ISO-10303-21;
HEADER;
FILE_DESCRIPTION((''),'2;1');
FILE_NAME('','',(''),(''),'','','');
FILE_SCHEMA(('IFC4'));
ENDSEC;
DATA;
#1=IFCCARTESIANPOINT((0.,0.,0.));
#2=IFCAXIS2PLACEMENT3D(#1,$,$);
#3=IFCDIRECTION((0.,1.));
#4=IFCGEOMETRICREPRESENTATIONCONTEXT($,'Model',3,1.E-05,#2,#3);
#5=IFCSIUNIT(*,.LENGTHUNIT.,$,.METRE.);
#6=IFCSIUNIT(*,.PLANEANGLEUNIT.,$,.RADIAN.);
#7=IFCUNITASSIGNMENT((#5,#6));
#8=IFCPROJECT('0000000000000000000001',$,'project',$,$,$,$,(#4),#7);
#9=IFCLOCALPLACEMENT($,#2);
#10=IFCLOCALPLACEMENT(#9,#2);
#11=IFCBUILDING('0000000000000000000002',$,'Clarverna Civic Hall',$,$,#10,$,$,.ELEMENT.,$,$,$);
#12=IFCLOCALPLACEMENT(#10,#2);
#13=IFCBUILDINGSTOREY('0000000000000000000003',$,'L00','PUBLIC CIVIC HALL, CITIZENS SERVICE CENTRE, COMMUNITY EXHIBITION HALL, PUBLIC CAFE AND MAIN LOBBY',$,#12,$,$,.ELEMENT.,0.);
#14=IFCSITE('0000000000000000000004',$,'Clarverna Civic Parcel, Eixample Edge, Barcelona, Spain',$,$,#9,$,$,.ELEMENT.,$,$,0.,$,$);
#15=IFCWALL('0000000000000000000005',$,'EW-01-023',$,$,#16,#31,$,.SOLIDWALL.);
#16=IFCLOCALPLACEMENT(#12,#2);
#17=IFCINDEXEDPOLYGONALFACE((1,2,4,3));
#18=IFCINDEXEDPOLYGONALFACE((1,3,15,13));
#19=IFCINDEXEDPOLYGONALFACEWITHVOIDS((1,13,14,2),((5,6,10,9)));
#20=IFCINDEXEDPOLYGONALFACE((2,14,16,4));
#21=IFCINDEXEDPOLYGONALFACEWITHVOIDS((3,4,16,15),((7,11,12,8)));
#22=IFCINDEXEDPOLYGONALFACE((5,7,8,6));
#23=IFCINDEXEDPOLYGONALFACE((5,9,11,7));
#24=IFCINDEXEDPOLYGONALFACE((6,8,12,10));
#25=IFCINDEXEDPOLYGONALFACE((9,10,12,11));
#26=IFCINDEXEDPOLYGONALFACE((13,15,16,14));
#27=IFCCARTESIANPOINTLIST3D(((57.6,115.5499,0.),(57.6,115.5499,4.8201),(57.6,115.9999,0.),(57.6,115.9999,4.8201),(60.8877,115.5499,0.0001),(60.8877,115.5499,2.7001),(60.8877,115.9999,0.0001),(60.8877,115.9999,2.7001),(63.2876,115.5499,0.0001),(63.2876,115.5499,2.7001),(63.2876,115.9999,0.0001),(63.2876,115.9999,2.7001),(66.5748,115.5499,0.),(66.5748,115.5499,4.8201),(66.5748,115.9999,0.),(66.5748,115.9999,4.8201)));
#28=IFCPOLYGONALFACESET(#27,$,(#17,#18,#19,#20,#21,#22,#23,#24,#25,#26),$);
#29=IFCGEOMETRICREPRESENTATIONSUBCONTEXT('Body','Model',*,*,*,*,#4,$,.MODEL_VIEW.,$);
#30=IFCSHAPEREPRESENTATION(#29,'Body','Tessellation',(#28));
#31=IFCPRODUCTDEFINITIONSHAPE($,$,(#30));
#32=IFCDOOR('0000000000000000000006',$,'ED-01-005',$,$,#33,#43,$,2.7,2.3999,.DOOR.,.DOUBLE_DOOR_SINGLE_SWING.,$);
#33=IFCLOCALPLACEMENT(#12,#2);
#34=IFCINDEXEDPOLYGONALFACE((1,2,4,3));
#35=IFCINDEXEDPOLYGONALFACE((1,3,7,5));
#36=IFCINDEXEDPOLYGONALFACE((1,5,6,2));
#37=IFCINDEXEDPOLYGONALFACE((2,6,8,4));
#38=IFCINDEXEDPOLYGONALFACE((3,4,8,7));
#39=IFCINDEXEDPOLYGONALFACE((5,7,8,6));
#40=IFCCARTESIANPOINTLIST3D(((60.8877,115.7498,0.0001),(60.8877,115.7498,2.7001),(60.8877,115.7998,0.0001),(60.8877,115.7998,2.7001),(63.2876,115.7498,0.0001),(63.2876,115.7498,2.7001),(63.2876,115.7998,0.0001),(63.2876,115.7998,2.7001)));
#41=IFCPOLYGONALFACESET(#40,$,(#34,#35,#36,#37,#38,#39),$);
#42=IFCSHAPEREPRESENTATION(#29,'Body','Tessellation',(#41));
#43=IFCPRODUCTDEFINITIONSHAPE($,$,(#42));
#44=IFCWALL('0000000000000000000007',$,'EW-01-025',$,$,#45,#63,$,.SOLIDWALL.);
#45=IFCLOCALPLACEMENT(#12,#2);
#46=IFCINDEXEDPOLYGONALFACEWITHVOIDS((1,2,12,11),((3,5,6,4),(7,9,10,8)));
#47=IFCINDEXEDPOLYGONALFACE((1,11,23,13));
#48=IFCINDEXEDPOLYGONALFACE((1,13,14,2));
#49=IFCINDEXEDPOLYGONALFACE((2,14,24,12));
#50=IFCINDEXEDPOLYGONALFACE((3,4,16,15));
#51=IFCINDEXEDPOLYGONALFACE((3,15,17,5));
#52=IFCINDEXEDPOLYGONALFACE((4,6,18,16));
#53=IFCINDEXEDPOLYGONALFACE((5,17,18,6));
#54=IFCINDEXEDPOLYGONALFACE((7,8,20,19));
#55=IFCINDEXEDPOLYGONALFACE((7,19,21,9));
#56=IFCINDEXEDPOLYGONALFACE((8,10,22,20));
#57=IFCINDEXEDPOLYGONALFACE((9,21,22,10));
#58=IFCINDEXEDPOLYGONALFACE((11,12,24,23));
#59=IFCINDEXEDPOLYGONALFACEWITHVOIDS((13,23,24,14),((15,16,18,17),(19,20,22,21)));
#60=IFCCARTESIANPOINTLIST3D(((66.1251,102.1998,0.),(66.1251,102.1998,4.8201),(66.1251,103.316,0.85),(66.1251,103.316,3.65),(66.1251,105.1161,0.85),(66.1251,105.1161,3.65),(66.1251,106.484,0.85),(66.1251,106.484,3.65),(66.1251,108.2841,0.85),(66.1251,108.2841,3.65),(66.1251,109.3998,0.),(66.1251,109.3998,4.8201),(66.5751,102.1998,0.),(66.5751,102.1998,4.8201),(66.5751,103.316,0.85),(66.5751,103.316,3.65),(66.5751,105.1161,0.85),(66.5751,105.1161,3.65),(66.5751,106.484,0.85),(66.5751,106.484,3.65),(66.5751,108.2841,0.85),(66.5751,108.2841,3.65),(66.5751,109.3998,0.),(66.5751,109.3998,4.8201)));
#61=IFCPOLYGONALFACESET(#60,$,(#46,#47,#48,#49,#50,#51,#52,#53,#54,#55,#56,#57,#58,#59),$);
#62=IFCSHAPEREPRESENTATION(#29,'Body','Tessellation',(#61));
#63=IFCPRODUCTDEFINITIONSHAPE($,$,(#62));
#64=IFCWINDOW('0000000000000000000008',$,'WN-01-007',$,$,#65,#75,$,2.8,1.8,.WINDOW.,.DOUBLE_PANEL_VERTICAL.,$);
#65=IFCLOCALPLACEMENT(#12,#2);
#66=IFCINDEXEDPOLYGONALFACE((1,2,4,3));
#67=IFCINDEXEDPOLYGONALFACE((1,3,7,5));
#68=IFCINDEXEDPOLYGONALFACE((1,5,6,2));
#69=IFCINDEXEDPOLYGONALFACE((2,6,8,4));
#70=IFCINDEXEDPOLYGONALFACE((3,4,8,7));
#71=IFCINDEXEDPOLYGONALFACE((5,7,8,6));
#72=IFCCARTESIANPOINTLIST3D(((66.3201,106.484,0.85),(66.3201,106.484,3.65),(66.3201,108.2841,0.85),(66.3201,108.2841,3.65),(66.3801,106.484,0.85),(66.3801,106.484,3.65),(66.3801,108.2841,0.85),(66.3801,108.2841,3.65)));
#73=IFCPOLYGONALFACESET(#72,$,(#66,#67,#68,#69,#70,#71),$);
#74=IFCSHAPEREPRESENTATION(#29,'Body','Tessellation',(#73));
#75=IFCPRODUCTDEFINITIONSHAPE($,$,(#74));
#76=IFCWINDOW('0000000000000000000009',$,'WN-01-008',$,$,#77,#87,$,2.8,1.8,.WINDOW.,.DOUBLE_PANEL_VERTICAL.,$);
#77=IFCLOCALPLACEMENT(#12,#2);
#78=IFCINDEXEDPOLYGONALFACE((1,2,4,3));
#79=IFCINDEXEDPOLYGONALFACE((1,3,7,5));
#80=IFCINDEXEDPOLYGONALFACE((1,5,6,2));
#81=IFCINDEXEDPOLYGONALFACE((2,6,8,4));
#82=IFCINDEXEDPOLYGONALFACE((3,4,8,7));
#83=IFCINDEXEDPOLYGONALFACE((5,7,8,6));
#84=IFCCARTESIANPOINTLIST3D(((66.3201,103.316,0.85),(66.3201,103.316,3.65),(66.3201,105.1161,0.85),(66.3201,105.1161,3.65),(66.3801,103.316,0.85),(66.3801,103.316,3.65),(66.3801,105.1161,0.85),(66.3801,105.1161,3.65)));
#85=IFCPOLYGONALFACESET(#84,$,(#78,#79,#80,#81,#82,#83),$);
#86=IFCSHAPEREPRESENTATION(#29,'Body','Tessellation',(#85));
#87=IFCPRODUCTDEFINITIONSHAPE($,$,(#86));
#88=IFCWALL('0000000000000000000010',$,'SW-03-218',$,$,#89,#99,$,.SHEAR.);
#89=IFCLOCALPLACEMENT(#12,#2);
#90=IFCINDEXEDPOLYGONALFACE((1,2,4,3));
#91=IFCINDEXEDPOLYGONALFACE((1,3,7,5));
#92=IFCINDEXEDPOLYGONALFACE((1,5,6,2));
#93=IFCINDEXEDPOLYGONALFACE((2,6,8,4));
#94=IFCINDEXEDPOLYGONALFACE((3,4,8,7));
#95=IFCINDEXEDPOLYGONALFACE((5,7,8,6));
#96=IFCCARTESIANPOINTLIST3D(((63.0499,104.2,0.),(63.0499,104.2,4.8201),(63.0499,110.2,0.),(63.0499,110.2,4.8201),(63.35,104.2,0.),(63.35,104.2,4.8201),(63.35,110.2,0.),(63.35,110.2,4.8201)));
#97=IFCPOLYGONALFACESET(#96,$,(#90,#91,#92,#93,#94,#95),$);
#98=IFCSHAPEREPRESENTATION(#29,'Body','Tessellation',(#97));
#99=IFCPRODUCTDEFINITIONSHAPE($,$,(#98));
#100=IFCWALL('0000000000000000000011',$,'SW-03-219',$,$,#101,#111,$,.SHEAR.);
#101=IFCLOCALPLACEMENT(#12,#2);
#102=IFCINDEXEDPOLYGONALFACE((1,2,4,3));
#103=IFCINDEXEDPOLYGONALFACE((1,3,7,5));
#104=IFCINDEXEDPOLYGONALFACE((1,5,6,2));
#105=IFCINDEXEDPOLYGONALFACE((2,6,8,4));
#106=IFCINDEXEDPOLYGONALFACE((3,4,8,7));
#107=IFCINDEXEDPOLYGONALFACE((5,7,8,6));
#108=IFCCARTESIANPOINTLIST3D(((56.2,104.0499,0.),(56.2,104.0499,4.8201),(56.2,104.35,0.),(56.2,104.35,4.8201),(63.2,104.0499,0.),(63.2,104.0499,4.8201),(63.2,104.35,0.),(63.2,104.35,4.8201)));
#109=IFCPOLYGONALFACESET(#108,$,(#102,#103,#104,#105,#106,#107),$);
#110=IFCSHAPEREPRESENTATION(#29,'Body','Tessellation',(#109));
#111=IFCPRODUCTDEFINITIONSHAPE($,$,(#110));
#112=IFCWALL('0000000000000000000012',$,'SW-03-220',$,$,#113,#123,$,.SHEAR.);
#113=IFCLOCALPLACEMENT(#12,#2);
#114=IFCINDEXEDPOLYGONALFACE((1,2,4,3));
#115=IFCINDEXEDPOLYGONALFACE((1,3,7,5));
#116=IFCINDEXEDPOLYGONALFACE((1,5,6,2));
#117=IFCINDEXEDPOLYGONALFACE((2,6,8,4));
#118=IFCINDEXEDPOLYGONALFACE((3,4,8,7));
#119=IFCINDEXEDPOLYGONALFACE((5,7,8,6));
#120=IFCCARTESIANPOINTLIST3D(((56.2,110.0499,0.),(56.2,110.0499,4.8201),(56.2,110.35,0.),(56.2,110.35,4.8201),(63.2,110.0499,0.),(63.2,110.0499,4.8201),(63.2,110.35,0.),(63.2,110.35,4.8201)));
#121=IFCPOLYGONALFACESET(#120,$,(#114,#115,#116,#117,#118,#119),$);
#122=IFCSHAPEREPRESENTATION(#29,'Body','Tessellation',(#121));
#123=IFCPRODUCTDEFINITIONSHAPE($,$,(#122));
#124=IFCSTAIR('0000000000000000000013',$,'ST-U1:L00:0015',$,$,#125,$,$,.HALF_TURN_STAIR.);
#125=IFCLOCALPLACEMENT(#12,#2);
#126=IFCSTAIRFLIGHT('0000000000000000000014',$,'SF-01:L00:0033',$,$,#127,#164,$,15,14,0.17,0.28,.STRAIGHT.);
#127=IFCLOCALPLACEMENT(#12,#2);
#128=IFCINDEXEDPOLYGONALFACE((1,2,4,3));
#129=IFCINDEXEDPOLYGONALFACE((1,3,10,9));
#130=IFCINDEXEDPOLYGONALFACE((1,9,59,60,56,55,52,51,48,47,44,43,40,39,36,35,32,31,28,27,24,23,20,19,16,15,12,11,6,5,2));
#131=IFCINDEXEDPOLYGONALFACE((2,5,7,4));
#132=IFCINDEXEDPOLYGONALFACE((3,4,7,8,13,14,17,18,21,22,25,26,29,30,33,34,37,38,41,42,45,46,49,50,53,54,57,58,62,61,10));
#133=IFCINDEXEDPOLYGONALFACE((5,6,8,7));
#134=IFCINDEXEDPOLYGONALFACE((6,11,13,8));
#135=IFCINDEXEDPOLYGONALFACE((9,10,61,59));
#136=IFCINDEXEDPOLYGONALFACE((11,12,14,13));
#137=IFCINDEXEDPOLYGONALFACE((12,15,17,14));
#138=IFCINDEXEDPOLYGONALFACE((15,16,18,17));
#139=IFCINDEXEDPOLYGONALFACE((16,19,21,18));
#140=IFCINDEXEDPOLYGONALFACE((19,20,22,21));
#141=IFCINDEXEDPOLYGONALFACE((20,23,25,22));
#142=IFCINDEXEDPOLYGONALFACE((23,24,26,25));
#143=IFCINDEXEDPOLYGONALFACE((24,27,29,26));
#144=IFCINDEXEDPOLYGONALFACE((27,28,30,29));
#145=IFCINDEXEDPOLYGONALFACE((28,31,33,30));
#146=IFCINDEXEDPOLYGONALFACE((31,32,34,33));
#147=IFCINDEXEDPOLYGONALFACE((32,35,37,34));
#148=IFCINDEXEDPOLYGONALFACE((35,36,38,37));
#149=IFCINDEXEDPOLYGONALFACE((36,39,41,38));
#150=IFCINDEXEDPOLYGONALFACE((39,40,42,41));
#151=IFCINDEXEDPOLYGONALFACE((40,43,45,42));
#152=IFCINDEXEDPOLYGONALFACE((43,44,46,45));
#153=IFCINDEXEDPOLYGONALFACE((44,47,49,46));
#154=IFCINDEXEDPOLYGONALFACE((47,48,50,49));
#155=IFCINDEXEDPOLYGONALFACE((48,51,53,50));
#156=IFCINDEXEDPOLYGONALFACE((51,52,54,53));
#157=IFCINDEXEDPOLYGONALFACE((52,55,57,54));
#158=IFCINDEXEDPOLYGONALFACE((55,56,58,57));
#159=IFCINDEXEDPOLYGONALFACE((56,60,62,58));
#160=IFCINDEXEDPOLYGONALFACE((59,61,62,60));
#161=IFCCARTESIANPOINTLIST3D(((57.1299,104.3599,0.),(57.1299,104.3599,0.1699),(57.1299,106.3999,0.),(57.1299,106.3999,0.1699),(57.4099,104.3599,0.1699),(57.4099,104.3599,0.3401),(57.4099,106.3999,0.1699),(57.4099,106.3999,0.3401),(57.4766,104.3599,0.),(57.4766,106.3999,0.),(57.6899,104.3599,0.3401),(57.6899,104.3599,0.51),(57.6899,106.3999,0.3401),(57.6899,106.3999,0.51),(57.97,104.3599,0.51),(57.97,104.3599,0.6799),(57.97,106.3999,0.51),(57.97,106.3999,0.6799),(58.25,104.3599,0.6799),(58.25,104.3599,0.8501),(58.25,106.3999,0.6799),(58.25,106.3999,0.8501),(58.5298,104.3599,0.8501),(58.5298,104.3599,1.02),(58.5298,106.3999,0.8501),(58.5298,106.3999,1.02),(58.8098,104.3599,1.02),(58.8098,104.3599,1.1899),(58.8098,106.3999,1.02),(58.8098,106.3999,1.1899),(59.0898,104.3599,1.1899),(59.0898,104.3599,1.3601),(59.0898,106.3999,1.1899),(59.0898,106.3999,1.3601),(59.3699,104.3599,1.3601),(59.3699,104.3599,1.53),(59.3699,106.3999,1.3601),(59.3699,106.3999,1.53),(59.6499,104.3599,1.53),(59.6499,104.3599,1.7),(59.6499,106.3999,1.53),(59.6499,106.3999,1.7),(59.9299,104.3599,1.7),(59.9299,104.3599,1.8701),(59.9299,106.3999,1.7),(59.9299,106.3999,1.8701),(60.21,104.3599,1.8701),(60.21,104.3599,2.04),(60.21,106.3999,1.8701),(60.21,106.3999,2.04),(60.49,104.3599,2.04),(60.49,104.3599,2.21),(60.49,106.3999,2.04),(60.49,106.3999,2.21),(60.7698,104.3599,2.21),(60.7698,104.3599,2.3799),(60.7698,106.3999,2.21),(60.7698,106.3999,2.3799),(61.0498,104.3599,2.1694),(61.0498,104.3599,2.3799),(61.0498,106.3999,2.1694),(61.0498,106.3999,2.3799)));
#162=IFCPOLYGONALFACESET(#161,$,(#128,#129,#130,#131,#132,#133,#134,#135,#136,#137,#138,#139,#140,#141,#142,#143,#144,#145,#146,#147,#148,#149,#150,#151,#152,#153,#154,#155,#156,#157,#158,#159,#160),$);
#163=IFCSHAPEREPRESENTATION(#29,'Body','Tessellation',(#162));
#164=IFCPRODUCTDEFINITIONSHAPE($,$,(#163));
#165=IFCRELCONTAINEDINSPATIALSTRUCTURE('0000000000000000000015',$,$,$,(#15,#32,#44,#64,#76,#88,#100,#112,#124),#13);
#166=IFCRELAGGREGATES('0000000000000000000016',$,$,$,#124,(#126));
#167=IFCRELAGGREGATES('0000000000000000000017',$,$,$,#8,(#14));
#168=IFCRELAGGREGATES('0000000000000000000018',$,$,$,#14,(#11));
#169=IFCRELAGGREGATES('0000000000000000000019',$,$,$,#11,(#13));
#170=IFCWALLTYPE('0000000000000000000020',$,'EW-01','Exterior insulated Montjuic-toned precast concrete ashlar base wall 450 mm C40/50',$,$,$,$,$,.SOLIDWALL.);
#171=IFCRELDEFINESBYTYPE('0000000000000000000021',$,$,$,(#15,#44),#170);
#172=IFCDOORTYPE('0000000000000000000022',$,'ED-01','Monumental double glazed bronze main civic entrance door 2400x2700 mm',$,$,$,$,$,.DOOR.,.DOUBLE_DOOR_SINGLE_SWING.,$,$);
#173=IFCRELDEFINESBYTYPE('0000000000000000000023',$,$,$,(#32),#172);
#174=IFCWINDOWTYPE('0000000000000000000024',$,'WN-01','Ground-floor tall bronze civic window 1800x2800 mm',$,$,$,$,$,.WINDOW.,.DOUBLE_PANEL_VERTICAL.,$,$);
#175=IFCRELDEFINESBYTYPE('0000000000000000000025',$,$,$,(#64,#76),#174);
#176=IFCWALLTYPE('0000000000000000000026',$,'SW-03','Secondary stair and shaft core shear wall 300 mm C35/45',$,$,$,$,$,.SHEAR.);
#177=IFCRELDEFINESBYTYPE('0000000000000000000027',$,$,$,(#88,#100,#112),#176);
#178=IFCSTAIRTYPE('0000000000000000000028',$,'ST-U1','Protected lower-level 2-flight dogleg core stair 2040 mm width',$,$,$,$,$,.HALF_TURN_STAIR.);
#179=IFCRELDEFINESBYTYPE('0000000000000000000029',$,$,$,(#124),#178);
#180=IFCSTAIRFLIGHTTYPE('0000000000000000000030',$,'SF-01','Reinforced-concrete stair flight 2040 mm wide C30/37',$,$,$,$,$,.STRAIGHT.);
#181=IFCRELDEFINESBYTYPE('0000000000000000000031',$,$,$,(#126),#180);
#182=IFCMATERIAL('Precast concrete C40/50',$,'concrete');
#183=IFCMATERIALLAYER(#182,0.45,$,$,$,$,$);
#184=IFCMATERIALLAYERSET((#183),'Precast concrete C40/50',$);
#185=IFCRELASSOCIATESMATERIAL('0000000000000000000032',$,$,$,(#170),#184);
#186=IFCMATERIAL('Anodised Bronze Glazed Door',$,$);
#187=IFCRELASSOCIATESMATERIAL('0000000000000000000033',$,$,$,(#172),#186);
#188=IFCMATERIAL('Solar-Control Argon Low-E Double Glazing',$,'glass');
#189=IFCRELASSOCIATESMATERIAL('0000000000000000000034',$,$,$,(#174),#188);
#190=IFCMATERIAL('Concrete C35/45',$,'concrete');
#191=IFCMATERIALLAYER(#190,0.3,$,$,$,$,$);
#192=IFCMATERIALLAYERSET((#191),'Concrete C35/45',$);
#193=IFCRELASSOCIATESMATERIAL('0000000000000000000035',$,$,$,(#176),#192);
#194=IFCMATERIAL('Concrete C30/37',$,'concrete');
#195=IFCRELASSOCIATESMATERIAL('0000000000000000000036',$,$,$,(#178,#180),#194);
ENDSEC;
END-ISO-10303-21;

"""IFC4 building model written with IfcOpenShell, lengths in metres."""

from ifc_helpers import new_model, si_unit, direction, frame, frame_2d, origin, place, context, subcontext, project, spatial, polyline, rectangle, outline, extrude, material, layer, layer_set, type_object, element, fill, aggregate, save


model = new_model("IFC4")

# Units and contexts
model_context = context("Model", 3, precision=1e-05, world=origin(), true_north=direction((0.0, 1.0)))
body_context = subcontext(model_context, "Body", "Model", "MODEL_VIEW")
ifc_project = project(units=[si_unit("LENGTHUNIT", "METRE"), si_unit("PLANEANGLEUNIT", "RADIAN")], contexts=[model_context])

# Site, building, storey
site_placement = place(None, origin())
site = spatial("IfcSite", under=ifc_project, at=site_placement, Name="Clarverna Civic Parcel, Eixample Edge, Barcelona, Spain", CompositionType="ELEMENT", RefElevation=0.0)
building_placement = place(site_placement, origin())
building = spatial("IfcBuilding", under=site, at=building_placement, Name="Clarverna Civic Hall", CompositionType="ELEMENT")
storey_placement = place(building_placement, origin())
storey = spatial("IfcBuildingStorey", under=building, at=storey_placement, Name="L00", Description="PUBLIC CIVIC HALL, CITIZENS SERVICE CENTRE, COMMUNITY EXHIBITION HALL, PUBLIC CAFE AND MAIN LOBBY", CompositionType="ELEMENT", Elevation=0.0)

# Shared definitions
ifc_material_1 = material(Name="Concrete C35/45", Category="concrete")

# Shared definitions
ifc_material_2 = material(Name="Solar-Control Argon Low-E Double Glazing", Category="glass")

# Wall, opening, door
ifc_material_3 = material(Name="Precast concrete C40/50", Category="concrete")
ifc_layer_1 = layer(ifc_material_3, 0.45)
ifc_layer_set_1 = layer_set([ifc_layer_1], Name="Precast concrete C40/50")
wall_type_1 = type_object("IfcWallType", Name="EW-01", Description="Exterior insulated Montjuic-toned precast concrete ashlar base wall 450 mm C40/50", PredefinedType="SOLIDWALL", material=ifc_layer_set_1)
wall_1_placement = place(storey_placement, frame((57.6001, 115.7749, 0.0), z_axis=(0.0, 0.0, 1.0), x_axis=(1.0, 0.0, 0.0)))
wall_1 = element("IfcWall", 1, at=wall_1_placement, inside=storey, type_object=wall_type_1, Name="EW-01-023", PredefinedType="SOLIDWALL", context=body_context, shape_type="SweptSolid", body=[
    extrude(rectangle(XDim=8.9749, YDim=0.45, at=frame_2d((4.4873, 0.0))), origin(), (0.0, 0.0, 1.0), 4.8201),
])
opening_1_placement = place(wall_1_placement, frame((3.2876, 0.0, 0.0)))
opening_1 = element("IfcOpeningElement", 2, at=opening_1_placement, cuts=wall_1, PredefinedType="OPENING", context=body_context, shape_type="SweptSolid", body=[
    extrude(rectangle(XDim=2.3999, YDim=2.7, at=frame_2d((1.2, 1.3501))), frame((0.0, 0.2349, 0.0), z_axis=(0.0, -1.0, 0.0), x_axis=(1.0, 0.0, 0.0)), (0.0, 0.0, 1.0), 0.47),
])
ifc_material_4 = material(Name="Anodised Bronze Glazed Door")
door_type_1 = type_object("IfcDoorType", Name="ED-01", Description="Monumental double glazed bronze main civic entrance door 2400x2700 mm", OperationType="DOUBLE_DOOR_SINGLE_SWING", PredefinedType="DOOR", material=ifc_material_4)
door_1_placement = place(opening_1_placement, origin())
door_1 = element("IfcDoor", 3, at=door_1_placement, inside=storey, type_object=door_type_1, Name="ED-01-005", OperationType="DOUBLE_DOOR_SINGLE_SWING", OverallHeight=2.7, OverallWidth=2.3999, PredefinedType="DOOR", context=body_context, shape_type="SweptSolid", body=[
    extrude(rectangle(XDim=2.3999, YDim=2.7, at=frame_2d((1.2, 1.3501))), frame((0.0, 0.0249, 0.0), z_axis=(0.0, -1.0, 0.0), x_axis=(1.0, 0.0, 0.0)), (0.0, 0.0, 1.0), 0.05),
])
fill(opening_1, door_1)

# Wall, openings, windows
wall_2_placement = place(storey_placement, frame((66.3501, 109.3999, 0.0), z_axis=(0.0, 0.0, 1.0), x_axis=(0.0, -1.0, 0.0)))
wall_2 = element("IfcWall", 4, at=wall_2_placement, inside=storey, type_object=wall_type_1, Name="EW-01-025", PredefinedType="SOLIDWALL", context=body_context, shape_type="SweptSolid", body=[
    extrude(rectangle(XDim=7.2, YDim=0.45, at=frame_2d((3.6001, 0.0))), origin(), (0.0, 0.0, 1.0), 4.8201),
])
opening_2_placement = place(wall_2_placement, frame((1.116, 0.0, 0.8501)))
opening_2 = element("IfcOpeningElement", 5, at=opening_2_placement, cuts=wall_2, PredefinedType="OPENING", context=body_context, shape_type="SweptSolid", body=[
    extrude(rectangle(XDim=1.8, YDim=2.8, at=frame_2d((0.8999, 1.3999))), frame((0.0, 0.2349, 0.0), z_axis=(0.0, -1.0, 0.0), x_axis=(1.0, 0.0, 0.0)), (0.0, 0.0, 1.0), 0.47),
])
opening_3_placement = place(wall_2_placement, frame((4.2839, 0.0, 0.8501)))
opening_3 = element("IfcOpeningElement", 6, at=opening_3_placement, cuts=wall_2, PredefinedType="OPENING", context=body_context, shape_type="SweptSolid", body=[
    extrude(rectangle(XDim=1.8, YDim=2.8, at=frame_2d((0.8999, 1.3999))), frame((0.0, 0.2349, 0.0), z_axis=(0.0, -1.0, 0.0), x_axis=(1.0, 0.0, 0.0)), (0.0, 0.0, 1.0), 0.47),
])
window_type = type_object("IfcWindowType", Name="WN-01", Description="Ground-floor tall bronze civic window 1800x2800 mm", PartitioningType="DOUBLE_PANEL_VERTICAL", PredefinedType="WINDOW", material=ifc_material_2)
window_1_placement = place(opening_2_placement, origin())
window_1 = element("IfcWindow", 7, at=window_1_placement, inside=storey, type_object=window_type, Name="WN-01-007", OverallHeight=2.8, OverallWidth=1.8, PartitioningType="DOUBLE_PANEL_VERTICAL", PredefinedType="WINDOW", context=body_context, shape_type="SweptSolid", body=[
    extrude(rectangle(XDim=1.8, YDim=2.8, at=frame_2d((0.8999, 1.3999))), frame((0.0, 0.03, 0.0), z_axis=(0.0, -1.0, 0.0), x_axis=(1.0, 0.0, 0.0)), (0.0, 0.0, 1.0), 0.0601),
])
fill(opening_2, window_1)
window_2_placement = place(opening_3_placement, origin())
window_2 = element("IfcWindow", 8, at=window_2_placement, inside=storey, type_object=window_type, Name="WN-01-008", OverallHeight=2.8, OverallWidth=1.8, PartitioningType="DOUBLE_PANEL_VERTICAL", PredefinedType="WINDOW", context=body_context, shape_type="SweptSolid", body=[
    extrude(rectangle(XDim=1.8, YDim=2.8, at=frame_2d((0.8999, 1.3999))), frame((0.0, 0.03, 0.0), z_axis=(0.0, -1.0, 0.0), x_axis=(1.0, 0.0, 0.0)), (0.0, 0.0, 1.0), 0.0601),
])
fill(opening_3, window_2)

# Walls
ifc_layer_2 = layer(ifc_material_1, 0.3)
ifc_layer_set_2 = layer_set([ifc_layer_2], Name="Concrete C35/45")
wall_type_2 = type_object("IfcWallType", Name="SW-03", Description="Secondary stair and shaft core shear wall 300 mm C35/45", PredefinedType="SHEAR", material=ifc_layer_set_2)
wall_3_placement = place(storey_placement, frame((63.2, 104.2, 0.0), z_axis=(0.0, 0.0, 1.0), x_axis=(0.0, 1.0, 0.0)))
element("IfcWall", 9, at=wall_3_placement, inside=storey, type_object=wall_type_2, Name="SW-03-218", PredefinedType="SHEAR", context=body_context, shape_type="SweptSolid", body=[
    extrude(rectangle(XDim=6.0, YDim=0.3, at=frame_2d((3.0, 0.0))), origin(), (0.0, 0.0, 1.0), 4.8201),
])
for number, where, z_axis, x_axis, name in (
    (10, (56.2, 104.2, 0.0), (0.0, 0.0, 1.0), (1.0, 0.0, 0.0), "SW-03-219"),
    (11, (56.2, 110.2, 0.0), (0.0, 0.0, 1.0), (1.0, 0.0, 0.0), "SW-03-220"),
):
    element("IfcWall", number, at=place(storey_placement, frame(where, z_axis=z_axis, x_axis=x_axis)), inside=storey, type_object=wall_type_2, Name=name, PredefinedType="SHEAR", context=body_context, shape_type="SweptSolid", body=[
        extrude(rectangle(XDim=7.0, YDim=0.3, at=frame_2d((3.5, 0.0))), origin(), (0.0, 0.0, 1.0), 4.8201),
    ])

# Stair, stair flight
ifc_material_5 = material(Name="Concrete C30/37", Category="concrete")
stair_type = type_object("IfcStairType", Name="ST-U1", Description="Protected lower-level 2-flight dogleg core stair 2040 mm width", PredefinedType="HALF_TURN_STAIR", material=ifc_material_5)
stair_placement = place(storey_placement, origin())
stair = element("IfcStair", 12, at=stair_placement, inside=storey, type_object=stair_type, Name="ST-U1:L00:0015", PredefinedType="HALF_TURN_STAIR")
stair_flight_type = type_object("IfcStairFlightType", Name="SF-01", Description="Reinforced-concrete stair flight 2040 mm wide C30/37", PredefinedType="STRAIGHT", material=ifc_material_5)
stair_flight_1_placement = place(storey_placement, frame((57.1299, 105.3799, 0.0), z_axis=(0.0, 0.0, 1.0), x_axis=(1.0, 0.0, 0.0)))
stair_flight_1 = element("IfcStairFlight", 13, at=stair_flight_1_placement, type_object=stair_flight_type, Name="SF-01:L00:0033", NumberOfRisers=15, NumberOfTreads=14, PredefinedType="STRAIGHT", RiserHeight=0.17, TreadLength=0.28, context=body_context, shape_type="SweptSolid", body=[
    extrude(outline(polyline([(0.0, 0.0), (0.0, 0.1699), (0.28, 0.1699), (0.28, 0.3401), (0.5601, 0.3401), (0.5601, 0.51), (0.8401, 0.51), (0.8401, 0.6799), (1.1201, 0.6799), (1.1201, 0.8501), (1.3999, 0.8501), (1.3999, 1.02), (1.6799, 1.02), (1.6799, 1.1899), (1.96, 1.1899), (1.96, 1.3601), (2.24, 1.3601), (2.24, 1.53), (2.52, 1.53), (2.52, 1.7), (2.8, 1.7), (2.8, 1.8701), (3.0801, 1.8701), (3.0801, 2.04), (3.3601, 2.04), (3.3601, 2.21), (3.6399, 2.21), (3.6399, 2.3799), (3.9199, 2.3799), (3.9199, 2.55), (3.9199, 2.1694), (0.3467, 0.0), (0.0, 0.0)])), frame((0.0, 1.02, 0.0), z_axis=(0.0, -1.0, 0.0), x_axis=(1.0, 0.0, 0.0)), (0.0, 0.0, 1.0), 2.04),
])
aggregate(stair, [stair_flight_1])

save(model, "model.ifc")
